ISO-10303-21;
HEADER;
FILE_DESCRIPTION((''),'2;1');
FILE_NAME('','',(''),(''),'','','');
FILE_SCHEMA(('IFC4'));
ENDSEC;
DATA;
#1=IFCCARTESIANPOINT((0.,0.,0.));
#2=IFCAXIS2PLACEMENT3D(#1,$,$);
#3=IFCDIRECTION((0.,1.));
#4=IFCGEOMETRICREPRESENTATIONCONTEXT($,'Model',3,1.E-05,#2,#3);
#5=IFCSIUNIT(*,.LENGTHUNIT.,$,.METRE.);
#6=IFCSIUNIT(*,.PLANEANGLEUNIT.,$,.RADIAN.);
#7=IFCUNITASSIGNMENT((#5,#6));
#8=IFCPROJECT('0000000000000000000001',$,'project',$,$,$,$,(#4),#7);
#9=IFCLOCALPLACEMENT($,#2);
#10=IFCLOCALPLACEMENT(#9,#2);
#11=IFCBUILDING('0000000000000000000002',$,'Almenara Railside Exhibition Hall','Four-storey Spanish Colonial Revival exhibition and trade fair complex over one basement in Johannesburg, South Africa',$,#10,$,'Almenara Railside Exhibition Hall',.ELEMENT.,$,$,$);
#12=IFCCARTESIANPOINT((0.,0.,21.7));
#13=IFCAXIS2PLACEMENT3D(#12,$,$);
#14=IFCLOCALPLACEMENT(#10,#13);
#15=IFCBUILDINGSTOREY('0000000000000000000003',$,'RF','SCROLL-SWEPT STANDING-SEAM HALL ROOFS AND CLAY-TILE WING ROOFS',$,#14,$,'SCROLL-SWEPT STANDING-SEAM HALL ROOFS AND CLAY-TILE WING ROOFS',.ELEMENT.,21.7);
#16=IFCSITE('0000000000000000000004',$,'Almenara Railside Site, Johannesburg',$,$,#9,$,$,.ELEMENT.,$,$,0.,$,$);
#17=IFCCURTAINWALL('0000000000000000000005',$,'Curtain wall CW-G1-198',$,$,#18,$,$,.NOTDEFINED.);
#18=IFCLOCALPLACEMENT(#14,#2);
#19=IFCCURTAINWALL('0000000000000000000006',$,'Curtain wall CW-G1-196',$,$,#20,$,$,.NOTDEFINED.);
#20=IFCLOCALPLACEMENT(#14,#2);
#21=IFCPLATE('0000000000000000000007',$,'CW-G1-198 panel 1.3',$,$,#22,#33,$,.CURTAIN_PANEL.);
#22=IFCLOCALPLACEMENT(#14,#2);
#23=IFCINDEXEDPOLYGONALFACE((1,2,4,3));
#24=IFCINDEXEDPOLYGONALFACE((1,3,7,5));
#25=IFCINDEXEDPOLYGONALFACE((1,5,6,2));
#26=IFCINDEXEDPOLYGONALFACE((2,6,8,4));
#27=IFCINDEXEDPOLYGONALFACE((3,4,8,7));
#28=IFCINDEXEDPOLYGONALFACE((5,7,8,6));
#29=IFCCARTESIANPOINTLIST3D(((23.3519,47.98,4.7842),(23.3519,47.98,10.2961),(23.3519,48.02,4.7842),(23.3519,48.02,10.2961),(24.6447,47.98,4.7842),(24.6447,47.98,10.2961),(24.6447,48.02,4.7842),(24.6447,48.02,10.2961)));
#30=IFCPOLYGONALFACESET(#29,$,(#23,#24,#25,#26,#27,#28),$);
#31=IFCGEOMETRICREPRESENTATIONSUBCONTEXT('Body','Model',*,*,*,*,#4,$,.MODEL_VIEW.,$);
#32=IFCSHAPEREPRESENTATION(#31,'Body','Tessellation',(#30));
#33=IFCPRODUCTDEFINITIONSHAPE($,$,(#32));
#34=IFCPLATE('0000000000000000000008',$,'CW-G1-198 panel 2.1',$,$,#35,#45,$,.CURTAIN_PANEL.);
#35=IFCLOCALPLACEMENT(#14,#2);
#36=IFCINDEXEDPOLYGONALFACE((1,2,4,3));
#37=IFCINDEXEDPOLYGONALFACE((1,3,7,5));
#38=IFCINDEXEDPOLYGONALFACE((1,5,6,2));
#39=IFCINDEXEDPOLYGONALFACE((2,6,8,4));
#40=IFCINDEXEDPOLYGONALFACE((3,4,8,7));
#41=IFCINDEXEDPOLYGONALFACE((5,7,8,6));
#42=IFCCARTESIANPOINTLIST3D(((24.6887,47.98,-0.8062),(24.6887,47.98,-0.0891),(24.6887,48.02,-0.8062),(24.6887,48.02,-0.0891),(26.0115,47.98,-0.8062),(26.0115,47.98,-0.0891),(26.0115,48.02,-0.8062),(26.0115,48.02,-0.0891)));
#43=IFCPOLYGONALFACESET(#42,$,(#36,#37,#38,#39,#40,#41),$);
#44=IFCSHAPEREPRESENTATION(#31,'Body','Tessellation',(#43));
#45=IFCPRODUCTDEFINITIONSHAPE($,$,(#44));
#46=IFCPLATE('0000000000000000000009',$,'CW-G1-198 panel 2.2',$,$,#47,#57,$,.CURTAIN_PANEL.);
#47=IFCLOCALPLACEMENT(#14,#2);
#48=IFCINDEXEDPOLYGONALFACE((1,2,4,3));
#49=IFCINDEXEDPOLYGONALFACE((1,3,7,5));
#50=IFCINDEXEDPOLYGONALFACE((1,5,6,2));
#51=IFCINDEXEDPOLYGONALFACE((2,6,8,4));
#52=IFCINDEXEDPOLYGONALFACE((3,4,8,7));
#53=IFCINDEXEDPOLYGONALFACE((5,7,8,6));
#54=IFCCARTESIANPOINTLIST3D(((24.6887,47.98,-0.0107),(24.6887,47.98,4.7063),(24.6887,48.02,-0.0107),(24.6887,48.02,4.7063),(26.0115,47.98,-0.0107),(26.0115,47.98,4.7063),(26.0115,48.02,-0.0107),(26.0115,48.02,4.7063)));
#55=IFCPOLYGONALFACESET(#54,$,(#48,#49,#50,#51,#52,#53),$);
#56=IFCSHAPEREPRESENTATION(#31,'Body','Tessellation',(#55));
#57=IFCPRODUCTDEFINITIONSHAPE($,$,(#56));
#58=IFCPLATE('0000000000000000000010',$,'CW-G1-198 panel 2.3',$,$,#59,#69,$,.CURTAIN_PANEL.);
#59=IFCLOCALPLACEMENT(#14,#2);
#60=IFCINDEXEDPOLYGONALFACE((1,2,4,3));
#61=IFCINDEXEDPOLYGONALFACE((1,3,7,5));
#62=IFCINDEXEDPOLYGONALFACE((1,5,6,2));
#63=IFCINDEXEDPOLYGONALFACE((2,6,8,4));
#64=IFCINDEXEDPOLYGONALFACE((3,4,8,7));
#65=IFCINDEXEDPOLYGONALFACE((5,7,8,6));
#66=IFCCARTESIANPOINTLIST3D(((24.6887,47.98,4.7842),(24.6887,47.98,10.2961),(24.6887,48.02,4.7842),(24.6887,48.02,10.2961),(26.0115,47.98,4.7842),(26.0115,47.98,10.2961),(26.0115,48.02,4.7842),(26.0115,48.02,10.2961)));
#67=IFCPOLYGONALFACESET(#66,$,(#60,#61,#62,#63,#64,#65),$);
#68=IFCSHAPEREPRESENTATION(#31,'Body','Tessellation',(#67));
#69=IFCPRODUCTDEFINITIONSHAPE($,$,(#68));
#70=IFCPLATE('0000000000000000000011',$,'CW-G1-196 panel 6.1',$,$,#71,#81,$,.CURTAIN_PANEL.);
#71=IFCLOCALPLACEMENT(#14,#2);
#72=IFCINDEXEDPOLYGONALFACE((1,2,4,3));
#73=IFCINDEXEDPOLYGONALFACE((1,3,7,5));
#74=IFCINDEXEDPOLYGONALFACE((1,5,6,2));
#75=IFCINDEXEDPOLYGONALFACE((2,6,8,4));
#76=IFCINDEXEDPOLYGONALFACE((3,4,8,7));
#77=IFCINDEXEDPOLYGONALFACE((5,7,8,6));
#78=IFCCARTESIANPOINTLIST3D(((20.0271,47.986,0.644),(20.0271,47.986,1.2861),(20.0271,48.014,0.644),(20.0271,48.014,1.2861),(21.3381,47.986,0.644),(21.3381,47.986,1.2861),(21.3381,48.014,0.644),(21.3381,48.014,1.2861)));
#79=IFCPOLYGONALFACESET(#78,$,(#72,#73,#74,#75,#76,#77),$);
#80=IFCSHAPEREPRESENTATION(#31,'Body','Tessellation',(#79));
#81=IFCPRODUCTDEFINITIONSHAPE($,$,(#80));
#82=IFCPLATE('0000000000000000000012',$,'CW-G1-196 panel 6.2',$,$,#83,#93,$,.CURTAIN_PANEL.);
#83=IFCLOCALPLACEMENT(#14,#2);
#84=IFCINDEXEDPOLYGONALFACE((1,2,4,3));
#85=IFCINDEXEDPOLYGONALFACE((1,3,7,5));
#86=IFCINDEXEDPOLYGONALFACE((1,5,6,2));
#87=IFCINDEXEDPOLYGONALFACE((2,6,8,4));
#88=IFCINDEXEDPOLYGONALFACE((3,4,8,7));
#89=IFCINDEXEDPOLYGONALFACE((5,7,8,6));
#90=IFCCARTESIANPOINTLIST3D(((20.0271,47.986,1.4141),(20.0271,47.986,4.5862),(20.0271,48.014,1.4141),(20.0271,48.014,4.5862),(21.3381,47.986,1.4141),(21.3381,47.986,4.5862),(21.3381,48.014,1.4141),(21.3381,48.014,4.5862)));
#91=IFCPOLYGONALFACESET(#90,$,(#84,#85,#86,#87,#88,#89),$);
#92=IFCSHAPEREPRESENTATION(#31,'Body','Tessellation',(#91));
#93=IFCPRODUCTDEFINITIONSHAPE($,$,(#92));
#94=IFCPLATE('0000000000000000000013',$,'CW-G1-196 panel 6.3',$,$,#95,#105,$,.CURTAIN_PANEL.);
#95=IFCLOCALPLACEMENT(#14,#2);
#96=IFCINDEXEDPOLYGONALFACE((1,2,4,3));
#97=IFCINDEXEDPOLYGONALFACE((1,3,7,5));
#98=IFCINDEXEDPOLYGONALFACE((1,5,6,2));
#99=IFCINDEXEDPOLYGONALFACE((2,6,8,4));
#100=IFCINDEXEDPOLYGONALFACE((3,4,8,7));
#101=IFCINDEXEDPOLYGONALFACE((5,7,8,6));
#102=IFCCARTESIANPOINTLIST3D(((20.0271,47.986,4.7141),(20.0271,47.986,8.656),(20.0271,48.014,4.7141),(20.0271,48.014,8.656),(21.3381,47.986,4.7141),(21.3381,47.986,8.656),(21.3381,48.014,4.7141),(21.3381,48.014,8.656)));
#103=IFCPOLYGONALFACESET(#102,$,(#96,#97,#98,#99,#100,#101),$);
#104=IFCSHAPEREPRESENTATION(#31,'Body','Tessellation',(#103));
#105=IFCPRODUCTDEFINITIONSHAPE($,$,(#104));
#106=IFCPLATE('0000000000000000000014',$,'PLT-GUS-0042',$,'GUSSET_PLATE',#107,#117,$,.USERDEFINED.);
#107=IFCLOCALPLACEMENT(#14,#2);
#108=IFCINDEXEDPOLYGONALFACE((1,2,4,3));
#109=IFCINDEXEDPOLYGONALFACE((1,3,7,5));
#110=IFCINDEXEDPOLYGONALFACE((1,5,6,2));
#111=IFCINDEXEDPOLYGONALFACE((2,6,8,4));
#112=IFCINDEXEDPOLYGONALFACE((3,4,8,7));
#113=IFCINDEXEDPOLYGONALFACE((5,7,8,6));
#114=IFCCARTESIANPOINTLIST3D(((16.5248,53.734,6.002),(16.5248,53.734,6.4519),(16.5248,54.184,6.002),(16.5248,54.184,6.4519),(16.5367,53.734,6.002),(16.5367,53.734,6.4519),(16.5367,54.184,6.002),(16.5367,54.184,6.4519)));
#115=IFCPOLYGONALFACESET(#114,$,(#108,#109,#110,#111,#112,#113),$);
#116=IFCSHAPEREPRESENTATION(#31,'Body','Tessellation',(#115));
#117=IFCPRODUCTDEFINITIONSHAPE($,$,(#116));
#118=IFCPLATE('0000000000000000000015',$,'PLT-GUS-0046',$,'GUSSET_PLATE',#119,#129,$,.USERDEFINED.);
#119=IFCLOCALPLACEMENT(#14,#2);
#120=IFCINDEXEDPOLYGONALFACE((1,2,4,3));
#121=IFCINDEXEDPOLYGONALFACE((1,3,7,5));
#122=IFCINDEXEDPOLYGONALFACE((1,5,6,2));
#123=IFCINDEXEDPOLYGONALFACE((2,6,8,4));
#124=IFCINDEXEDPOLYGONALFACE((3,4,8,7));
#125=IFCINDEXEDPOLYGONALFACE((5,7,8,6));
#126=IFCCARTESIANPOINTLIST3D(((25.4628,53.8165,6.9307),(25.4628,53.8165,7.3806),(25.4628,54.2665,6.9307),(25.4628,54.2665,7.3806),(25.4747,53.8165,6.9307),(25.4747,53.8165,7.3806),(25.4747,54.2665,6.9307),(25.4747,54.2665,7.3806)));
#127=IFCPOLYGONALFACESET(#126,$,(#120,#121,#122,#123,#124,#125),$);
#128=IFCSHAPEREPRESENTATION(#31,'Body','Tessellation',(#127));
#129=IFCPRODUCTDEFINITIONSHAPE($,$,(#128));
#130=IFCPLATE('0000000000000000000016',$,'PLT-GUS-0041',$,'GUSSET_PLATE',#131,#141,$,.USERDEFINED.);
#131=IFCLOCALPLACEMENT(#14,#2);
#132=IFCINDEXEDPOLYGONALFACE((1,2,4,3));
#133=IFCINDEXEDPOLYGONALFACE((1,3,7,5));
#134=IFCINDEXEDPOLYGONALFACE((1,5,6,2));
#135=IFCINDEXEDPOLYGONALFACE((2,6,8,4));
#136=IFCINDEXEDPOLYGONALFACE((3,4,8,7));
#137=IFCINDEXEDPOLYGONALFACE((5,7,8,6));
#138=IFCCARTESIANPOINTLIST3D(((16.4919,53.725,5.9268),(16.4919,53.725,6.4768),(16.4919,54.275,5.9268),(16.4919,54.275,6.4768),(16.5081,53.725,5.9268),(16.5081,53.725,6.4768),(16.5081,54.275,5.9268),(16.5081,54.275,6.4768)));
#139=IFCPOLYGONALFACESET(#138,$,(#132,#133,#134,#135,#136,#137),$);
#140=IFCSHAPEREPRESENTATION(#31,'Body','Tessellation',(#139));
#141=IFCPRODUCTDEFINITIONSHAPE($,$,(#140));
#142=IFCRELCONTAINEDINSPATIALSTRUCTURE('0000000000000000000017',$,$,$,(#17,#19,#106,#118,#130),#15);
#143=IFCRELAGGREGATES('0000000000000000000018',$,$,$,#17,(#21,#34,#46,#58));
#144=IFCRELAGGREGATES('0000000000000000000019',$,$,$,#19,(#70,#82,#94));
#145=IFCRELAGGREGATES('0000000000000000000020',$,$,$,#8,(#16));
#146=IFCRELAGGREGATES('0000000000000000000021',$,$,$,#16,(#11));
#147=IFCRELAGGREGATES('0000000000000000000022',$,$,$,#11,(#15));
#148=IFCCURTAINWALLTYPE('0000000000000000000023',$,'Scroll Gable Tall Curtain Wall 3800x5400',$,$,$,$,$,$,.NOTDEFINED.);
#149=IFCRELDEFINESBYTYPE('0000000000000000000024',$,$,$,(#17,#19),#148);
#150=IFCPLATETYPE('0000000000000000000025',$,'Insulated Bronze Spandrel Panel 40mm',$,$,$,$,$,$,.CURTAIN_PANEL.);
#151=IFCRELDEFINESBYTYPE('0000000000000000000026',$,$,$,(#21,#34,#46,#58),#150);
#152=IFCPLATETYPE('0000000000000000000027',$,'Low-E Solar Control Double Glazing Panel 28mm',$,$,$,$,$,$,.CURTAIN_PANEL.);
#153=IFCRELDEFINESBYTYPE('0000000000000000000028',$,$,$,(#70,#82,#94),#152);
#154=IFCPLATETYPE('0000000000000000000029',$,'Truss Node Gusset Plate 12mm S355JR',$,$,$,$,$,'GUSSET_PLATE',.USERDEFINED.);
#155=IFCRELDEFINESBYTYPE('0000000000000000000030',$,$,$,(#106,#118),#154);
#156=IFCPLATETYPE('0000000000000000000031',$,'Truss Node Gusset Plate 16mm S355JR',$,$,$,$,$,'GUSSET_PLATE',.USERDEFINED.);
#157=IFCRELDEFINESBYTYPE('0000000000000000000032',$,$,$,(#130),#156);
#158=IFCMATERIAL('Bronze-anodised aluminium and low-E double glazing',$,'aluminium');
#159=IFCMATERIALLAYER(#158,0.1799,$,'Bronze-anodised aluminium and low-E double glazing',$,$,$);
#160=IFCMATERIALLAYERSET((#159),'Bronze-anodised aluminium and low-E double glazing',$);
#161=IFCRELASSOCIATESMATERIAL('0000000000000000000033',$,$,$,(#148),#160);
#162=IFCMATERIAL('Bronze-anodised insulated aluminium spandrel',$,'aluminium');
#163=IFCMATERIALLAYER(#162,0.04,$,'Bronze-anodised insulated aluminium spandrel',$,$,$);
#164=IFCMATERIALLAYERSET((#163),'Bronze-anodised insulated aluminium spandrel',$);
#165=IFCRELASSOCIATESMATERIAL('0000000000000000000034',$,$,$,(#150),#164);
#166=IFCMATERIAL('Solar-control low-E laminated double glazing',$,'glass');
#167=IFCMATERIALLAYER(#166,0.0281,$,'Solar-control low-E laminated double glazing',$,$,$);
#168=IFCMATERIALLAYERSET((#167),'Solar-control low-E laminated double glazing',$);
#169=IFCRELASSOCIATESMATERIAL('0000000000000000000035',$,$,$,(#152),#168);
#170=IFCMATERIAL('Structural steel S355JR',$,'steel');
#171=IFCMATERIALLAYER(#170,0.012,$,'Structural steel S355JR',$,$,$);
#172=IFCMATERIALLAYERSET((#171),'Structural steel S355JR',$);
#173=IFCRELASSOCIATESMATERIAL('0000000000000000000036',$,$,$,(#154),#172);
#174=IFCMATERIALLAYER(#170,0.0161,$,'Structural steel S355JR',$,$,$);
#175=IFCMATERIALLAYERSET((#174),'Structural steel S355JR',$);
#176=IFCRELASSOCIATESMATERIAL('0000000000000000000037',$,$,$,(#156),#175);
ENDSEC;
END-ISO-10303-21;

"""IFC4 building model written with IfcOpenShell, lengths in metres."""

from ifc_helpers import new_model, si_unit, direction, frame, origin, origin_2d, place, context, subcontext, project, spatial, rectangle, extrude, material, layer, layer_set, type_object, element, aggregate, save


model = new_model("IFC4")

# Units and contexts
model_context = context("Model", 3, precision=1e-05, world=origin(), true_north=direction((0.0, 1.0)))
body_context = subcontext(model_context, "Body", "Model", "MODEL_VIEW")
ifc_project = project(units=[si_unit("LENGTHUNIT", "METRE"), si_unit("PLANEANGLEUNIT", "RADIAN")], contexts=[model_context])

# Site, building, storey
site_placement = place(None, origin())
site = spatial("IfcSite", under=ifc_project, at=site_placement, Name="Almenara Railside Site, Johannesburg", CompositionType="ELEMENT", RefElevation=0.0)
building_placement = place(site_placement, origin())
building = spatial("IfcBuilding", under=site, at=building_placement, Name="Almenara Railside Exhibition Hall", Description="Four-storey Spanish Colonial Revival exhibition and trade fair complex over one basement in Johannesburg, South Africa", LongName="Almenara Railside Exhibition Hall", CompositionType="ELEMENT")
storey_placement = place(building_placement, frame((0.0, 0.0, 21.7)))
storey = spatial("IfcBuildingStorey", under=building, at=storey_placement, Name="RF", Description="SCROLL-SWEPT STANDING-SEAM HALL ROOFS AND CLAY-TILE WING ROOFS", LongName="SCROLL-SWEPT STANDING-SEAM HALL ROOFS AND CLAY-TILE WING ROOFS", CompositionType="ELEMENT", Elevation=21.7)

# Shared definitions
ifc_material_1 = material(Name="Structural steel S355JR", Category="steel")

# Curtain wall
ifc_material_2 = material(Name="Bronze-anodised aluminium and low-E double glazing", Category="aluminium")
ifc_layer_1 = layer(ifc_material_2, 0.1799, Name="Bronze-anodised aluminium and low-E double glazing")
ifc_layer_set_1 = layer_set([ifc_layer_1], Name="Bronze-anodised aluminium and low-E double glazing")
curtain_wall_type = type_object("IfcCurtainWallType", Name="Scroll Gable Tall Curtain Wall 3800x5400", PredefinedType="NOTDEFINED", material=ifc_layer_set_1)
curtain_wall_1_placement = place(storey_placement, origin())
curtain_wall_1 = element("IfcCurtainWall", 1, at=curtain_wall_1_placement, inside=storey, type_object=curtain_wall_type, Name="Curtain wall CW-G1-198", PredefinedType="NOTDEFINED")

# Curtain wall
curtain_wall_2_placement = place(storey_placement, origin())
curtain_wall_2 = element("IfcCurtainWall", 2, at=curtain_wall_2_placement, inside=storey, type_object=curtain_wall_type, Name="Curtain wall CW-G1-196", PredefinedType="NOTDEFINED")

# Plates
ifc_material_3 = material(Name="Bronze-anodised insulated aluminium spandrel", Category="aluminium")
ifc_layer_2 = layer(ifc_material_3, 0.04, Name="Bronze-anodised insulated aluminium spandrel")
ifc_layer_set_2 = layer_set([ifc_layer_2], Name="Bronze-anodised insulated aluminium spandrel")
plate_type_1 = type_object("IfcPlateType", Name="Insulated Bronze Spandrel Panel 40mm", PredefinedType="CURTAIN_PANEL", material=ifc_layer_set_2)
plate_1_placement = place(storey_placement, frame((23.9983, 48.0, 4.7842), z_axis=(0.0, 0.0, 1.0), x_axis=(1.0, 0.0, 0.0)))
plate_1 = element("IfcPlate", 3, at=plate_1_placement, type_object=plate_type_1, Name="CW-G1-198 panel 1.3", PredefinedType="CURTAIN_PANEL", context=body_context, shape_type="SweptSolid", body=[
    extrude(rectangle(XDim=1.2927, YDim=0.04, at=origin_2d()), origin(), (0.0, 0.0, 1.0), 5.512),
])
plate_2_placement = place(storey_placement, frame((25.3501, 48.0, -0.8062), z_axis=(0.0, 0.0, 1.0), x_axis=(1.0, 0.0, 0.0)))
plate_2 = element("IfcPlate", 4, at=plate_2_placement, type_object=plate_type_1, Name="CW-G1-198 panel 2.1", PredefinedType="CURTAIN_PANEL", context=body_context, shape_type="SweptSolid", body=[
    extrude(rectangle(XDim=1.3228, YDim=0.04, at=origin_2d()), origin(), (0.0, 0.0, 1.0), 0.717),
])
plate_3_placement = place(storey_placement, frame((25.3501, 48.0, -0.0107), z_axis=(0.0, 0.0, 1.0), x_axis=(1.0, 0.0, 0.0)))
plate_3 = element("IfcPlate", 5, at=plate_3_placement, type_object=plate_type_1, Name="CW-G1-198 panel 2.2", PredefinedType="CURTAIN_PANEL", context=body_context, shape_type="SweptSolid", body=[
    extrude(rectangle(XDim=1.3228, YDim=0.04, at=origin_2d()), origin(), (0.0, 0.0, 1.0), 4.717),
])
plate_4_placement = place(storey_placement, frame((25.3501, 48.0, 4.7842), z_axis=(0.0, 0.0, 1.0), x_axis=(1.0, 0.0, 0.0)))
plate_4 = element("IfcPlate", 6, at=plate_4_placement, type_object=plate_type_1, Name="CW-G1-198 panel 2.3", PredefinedType="CURTAIN_PANEL", context=body_context, shape_type="SweptSolid", body=[
    extrude(rectangle(XDim=1.3228, YDim=0.04, at=origin_2d()), origin(), (0.0, 0.0, 1.0), 5.512),
])
aggregate(curtain_wall_1, [plate_1, plate_2, plate_3, plate_4])
ifc_material_4 = material(Name="Solar-control low-E laminated double glazing", Category="glass")
ifc_layer_3 = layer(ifc_material_4, 0.0281, Name="Solar-control low-E laminated double glazing")
ifc_layer_set_3 = layer_set([ifc_layer_3], Name="Solar-control low-E laminated double glazing")
plate_type_2 = type_object("IfcPlateType", Name="Low-E Solar Control Double Glazing Panel 28mm", PredefinedType="CURTAIN_PANEL", material=ifc_layer_set_3)
plate_5_placement = place(storey_placement, frame((20.6826, 48.0, 0.644), z_axis=(0.0, 0.0, 1.0), x_axis=(1.0, 0.0, 0.0)))
plate_5 = element("IfcPlate", 7, at=plate_5_placement, type_object=plate_type_2, Name="CW-G1-196 panel 6.1", PredefinedType="CURTAIN_PANEL", context=body_context, shape_type="SweptSolid", body=[
    extrude(rectangle(XDim=1.311, YDim=0.0281, at=origin_2d()), origin(), (0.0, 0.0, 1.0), 0.6421),
])
plate_6_placement = place(storey_placement, frame((20.6826, 48.0, 1.4141), z_axis=(0.0, 0.0, 1.0), x_axis=(1.0, 0.0, 0.0)))
plate_6 = element("IfcPlate", 8, at=plate_6_placement, type_object=plate_type_2, Name="CW-G1-196 panel 6.2", PredefinedType="CURTAIN_PANEL", context=body_context, shape_type="SweptSolid", body=[
    extrude(rectangle(XDim=1.311, YDim=0.0281, at=origin_2d()), origin(), (0.0, 0.0, 1.0), 3.1721),
])
plate_7_placement = place(storey_placement, frame((20.6826, 48.0, 4.7141), z_axis=(0.0, 0.0, 1.0), x_axis=(1.0, 0.0, 0.0)))
plate_7 = element("IfcPlate", 9, at=plate_7_placement, type_object=plate_type_2, Name="CW-G1-196 panel 6.3", PredefinedType="CURTAIN_PANEL", context=body_context, shape_type="SweptSolid", body=[
    extrude(rectangle(XDim=1.311, YDim=0.0281, at=origin_2d()), origin(), (0.0, 0.0, 1.0), 3.9419),
])
aggregate(curtain_wall_2, [plate_5, plate_6, plate_7])

# Plates
ifc_layer_4 = layer(ifc_material_1, 0.012, Name="Structural steel S355JR")
ifc_layer_set_4 = layer_set([ifc_layer_4], Name="Structural steel S355JR")
plate_type_3 = type_object("IfcPlateType", Name="Truss Node Gusset Plate 12mm S355JR", ElementType="GUSSET_PLATE", PredefinedType="USERDEFINED", material=ifc_layer_set_4)
for number, where, z_axis, x_axis, name in (
    (10, (16.5308, 53.959, 6.002), (0.0, 0.0, 1.0), (0.0, 1.0, 0.0), "PLT-GUS-0042"),
    (11, (25.4688, 54.0415, 6.9307), (0.0, 0.0, 1.0), (0.0, 1.0, 0.0), "PLT-GUS-0046"),
):
    element("IfcPlate", number, at=place(storey_placement, frame(where, z_axis=z_axis, x_axis=x_axis)), inside=storey, type_object=plate_type_3, Name=name, ObjectType="GUSSET_PLATE", PredefinedType="USERDEFINED", context=body_context, shape_type="SweptSolid", body=[
        extrude(rectangle(XDim=0.45, YDim=0.012, at=origin_2d()), origin(), (0.0, 0.0, 1.0), 0.45),
    ])
ifc_layer_5 = layer(ifc_material_1, 0.0161, Name="Structural steel S355JR")
ifc_layer_set_5 = layer_set([ifc_layer_5], Name="Structural steel S355JR")
plate_type_4 = type_object("IfcPlateType", Name="Truss Node Gusset Plate 16mm S355JR", ElementType="GUSSET_PLATE", PredefinedType="USERDEFINED", material=ifc_layer_set_5)
plate_8_placement = place(storey_placement, frame((16.5, 54.0, 5.9268), z_axis=(0.0, 0.0, 1.0), x_axis=(0.0, 1.0, 0.0)))
element("IfcPlate", 12, at=plate_8_placement, inside=storey, type_object=plate_type_4, Name="PLT-GUS-0041", ObjectType="GUSSET_PLATE", PredefinedType="USERDEFINED", context=body_context, shape_type="SweptSolid", body=[
    extrude(rectangle(XDim=0.55, YDim=0.0161, at=origin_2d()), origin(), (0.0, 0.0, 1.0), 0.55),
])

save(model, "model.ifc")
